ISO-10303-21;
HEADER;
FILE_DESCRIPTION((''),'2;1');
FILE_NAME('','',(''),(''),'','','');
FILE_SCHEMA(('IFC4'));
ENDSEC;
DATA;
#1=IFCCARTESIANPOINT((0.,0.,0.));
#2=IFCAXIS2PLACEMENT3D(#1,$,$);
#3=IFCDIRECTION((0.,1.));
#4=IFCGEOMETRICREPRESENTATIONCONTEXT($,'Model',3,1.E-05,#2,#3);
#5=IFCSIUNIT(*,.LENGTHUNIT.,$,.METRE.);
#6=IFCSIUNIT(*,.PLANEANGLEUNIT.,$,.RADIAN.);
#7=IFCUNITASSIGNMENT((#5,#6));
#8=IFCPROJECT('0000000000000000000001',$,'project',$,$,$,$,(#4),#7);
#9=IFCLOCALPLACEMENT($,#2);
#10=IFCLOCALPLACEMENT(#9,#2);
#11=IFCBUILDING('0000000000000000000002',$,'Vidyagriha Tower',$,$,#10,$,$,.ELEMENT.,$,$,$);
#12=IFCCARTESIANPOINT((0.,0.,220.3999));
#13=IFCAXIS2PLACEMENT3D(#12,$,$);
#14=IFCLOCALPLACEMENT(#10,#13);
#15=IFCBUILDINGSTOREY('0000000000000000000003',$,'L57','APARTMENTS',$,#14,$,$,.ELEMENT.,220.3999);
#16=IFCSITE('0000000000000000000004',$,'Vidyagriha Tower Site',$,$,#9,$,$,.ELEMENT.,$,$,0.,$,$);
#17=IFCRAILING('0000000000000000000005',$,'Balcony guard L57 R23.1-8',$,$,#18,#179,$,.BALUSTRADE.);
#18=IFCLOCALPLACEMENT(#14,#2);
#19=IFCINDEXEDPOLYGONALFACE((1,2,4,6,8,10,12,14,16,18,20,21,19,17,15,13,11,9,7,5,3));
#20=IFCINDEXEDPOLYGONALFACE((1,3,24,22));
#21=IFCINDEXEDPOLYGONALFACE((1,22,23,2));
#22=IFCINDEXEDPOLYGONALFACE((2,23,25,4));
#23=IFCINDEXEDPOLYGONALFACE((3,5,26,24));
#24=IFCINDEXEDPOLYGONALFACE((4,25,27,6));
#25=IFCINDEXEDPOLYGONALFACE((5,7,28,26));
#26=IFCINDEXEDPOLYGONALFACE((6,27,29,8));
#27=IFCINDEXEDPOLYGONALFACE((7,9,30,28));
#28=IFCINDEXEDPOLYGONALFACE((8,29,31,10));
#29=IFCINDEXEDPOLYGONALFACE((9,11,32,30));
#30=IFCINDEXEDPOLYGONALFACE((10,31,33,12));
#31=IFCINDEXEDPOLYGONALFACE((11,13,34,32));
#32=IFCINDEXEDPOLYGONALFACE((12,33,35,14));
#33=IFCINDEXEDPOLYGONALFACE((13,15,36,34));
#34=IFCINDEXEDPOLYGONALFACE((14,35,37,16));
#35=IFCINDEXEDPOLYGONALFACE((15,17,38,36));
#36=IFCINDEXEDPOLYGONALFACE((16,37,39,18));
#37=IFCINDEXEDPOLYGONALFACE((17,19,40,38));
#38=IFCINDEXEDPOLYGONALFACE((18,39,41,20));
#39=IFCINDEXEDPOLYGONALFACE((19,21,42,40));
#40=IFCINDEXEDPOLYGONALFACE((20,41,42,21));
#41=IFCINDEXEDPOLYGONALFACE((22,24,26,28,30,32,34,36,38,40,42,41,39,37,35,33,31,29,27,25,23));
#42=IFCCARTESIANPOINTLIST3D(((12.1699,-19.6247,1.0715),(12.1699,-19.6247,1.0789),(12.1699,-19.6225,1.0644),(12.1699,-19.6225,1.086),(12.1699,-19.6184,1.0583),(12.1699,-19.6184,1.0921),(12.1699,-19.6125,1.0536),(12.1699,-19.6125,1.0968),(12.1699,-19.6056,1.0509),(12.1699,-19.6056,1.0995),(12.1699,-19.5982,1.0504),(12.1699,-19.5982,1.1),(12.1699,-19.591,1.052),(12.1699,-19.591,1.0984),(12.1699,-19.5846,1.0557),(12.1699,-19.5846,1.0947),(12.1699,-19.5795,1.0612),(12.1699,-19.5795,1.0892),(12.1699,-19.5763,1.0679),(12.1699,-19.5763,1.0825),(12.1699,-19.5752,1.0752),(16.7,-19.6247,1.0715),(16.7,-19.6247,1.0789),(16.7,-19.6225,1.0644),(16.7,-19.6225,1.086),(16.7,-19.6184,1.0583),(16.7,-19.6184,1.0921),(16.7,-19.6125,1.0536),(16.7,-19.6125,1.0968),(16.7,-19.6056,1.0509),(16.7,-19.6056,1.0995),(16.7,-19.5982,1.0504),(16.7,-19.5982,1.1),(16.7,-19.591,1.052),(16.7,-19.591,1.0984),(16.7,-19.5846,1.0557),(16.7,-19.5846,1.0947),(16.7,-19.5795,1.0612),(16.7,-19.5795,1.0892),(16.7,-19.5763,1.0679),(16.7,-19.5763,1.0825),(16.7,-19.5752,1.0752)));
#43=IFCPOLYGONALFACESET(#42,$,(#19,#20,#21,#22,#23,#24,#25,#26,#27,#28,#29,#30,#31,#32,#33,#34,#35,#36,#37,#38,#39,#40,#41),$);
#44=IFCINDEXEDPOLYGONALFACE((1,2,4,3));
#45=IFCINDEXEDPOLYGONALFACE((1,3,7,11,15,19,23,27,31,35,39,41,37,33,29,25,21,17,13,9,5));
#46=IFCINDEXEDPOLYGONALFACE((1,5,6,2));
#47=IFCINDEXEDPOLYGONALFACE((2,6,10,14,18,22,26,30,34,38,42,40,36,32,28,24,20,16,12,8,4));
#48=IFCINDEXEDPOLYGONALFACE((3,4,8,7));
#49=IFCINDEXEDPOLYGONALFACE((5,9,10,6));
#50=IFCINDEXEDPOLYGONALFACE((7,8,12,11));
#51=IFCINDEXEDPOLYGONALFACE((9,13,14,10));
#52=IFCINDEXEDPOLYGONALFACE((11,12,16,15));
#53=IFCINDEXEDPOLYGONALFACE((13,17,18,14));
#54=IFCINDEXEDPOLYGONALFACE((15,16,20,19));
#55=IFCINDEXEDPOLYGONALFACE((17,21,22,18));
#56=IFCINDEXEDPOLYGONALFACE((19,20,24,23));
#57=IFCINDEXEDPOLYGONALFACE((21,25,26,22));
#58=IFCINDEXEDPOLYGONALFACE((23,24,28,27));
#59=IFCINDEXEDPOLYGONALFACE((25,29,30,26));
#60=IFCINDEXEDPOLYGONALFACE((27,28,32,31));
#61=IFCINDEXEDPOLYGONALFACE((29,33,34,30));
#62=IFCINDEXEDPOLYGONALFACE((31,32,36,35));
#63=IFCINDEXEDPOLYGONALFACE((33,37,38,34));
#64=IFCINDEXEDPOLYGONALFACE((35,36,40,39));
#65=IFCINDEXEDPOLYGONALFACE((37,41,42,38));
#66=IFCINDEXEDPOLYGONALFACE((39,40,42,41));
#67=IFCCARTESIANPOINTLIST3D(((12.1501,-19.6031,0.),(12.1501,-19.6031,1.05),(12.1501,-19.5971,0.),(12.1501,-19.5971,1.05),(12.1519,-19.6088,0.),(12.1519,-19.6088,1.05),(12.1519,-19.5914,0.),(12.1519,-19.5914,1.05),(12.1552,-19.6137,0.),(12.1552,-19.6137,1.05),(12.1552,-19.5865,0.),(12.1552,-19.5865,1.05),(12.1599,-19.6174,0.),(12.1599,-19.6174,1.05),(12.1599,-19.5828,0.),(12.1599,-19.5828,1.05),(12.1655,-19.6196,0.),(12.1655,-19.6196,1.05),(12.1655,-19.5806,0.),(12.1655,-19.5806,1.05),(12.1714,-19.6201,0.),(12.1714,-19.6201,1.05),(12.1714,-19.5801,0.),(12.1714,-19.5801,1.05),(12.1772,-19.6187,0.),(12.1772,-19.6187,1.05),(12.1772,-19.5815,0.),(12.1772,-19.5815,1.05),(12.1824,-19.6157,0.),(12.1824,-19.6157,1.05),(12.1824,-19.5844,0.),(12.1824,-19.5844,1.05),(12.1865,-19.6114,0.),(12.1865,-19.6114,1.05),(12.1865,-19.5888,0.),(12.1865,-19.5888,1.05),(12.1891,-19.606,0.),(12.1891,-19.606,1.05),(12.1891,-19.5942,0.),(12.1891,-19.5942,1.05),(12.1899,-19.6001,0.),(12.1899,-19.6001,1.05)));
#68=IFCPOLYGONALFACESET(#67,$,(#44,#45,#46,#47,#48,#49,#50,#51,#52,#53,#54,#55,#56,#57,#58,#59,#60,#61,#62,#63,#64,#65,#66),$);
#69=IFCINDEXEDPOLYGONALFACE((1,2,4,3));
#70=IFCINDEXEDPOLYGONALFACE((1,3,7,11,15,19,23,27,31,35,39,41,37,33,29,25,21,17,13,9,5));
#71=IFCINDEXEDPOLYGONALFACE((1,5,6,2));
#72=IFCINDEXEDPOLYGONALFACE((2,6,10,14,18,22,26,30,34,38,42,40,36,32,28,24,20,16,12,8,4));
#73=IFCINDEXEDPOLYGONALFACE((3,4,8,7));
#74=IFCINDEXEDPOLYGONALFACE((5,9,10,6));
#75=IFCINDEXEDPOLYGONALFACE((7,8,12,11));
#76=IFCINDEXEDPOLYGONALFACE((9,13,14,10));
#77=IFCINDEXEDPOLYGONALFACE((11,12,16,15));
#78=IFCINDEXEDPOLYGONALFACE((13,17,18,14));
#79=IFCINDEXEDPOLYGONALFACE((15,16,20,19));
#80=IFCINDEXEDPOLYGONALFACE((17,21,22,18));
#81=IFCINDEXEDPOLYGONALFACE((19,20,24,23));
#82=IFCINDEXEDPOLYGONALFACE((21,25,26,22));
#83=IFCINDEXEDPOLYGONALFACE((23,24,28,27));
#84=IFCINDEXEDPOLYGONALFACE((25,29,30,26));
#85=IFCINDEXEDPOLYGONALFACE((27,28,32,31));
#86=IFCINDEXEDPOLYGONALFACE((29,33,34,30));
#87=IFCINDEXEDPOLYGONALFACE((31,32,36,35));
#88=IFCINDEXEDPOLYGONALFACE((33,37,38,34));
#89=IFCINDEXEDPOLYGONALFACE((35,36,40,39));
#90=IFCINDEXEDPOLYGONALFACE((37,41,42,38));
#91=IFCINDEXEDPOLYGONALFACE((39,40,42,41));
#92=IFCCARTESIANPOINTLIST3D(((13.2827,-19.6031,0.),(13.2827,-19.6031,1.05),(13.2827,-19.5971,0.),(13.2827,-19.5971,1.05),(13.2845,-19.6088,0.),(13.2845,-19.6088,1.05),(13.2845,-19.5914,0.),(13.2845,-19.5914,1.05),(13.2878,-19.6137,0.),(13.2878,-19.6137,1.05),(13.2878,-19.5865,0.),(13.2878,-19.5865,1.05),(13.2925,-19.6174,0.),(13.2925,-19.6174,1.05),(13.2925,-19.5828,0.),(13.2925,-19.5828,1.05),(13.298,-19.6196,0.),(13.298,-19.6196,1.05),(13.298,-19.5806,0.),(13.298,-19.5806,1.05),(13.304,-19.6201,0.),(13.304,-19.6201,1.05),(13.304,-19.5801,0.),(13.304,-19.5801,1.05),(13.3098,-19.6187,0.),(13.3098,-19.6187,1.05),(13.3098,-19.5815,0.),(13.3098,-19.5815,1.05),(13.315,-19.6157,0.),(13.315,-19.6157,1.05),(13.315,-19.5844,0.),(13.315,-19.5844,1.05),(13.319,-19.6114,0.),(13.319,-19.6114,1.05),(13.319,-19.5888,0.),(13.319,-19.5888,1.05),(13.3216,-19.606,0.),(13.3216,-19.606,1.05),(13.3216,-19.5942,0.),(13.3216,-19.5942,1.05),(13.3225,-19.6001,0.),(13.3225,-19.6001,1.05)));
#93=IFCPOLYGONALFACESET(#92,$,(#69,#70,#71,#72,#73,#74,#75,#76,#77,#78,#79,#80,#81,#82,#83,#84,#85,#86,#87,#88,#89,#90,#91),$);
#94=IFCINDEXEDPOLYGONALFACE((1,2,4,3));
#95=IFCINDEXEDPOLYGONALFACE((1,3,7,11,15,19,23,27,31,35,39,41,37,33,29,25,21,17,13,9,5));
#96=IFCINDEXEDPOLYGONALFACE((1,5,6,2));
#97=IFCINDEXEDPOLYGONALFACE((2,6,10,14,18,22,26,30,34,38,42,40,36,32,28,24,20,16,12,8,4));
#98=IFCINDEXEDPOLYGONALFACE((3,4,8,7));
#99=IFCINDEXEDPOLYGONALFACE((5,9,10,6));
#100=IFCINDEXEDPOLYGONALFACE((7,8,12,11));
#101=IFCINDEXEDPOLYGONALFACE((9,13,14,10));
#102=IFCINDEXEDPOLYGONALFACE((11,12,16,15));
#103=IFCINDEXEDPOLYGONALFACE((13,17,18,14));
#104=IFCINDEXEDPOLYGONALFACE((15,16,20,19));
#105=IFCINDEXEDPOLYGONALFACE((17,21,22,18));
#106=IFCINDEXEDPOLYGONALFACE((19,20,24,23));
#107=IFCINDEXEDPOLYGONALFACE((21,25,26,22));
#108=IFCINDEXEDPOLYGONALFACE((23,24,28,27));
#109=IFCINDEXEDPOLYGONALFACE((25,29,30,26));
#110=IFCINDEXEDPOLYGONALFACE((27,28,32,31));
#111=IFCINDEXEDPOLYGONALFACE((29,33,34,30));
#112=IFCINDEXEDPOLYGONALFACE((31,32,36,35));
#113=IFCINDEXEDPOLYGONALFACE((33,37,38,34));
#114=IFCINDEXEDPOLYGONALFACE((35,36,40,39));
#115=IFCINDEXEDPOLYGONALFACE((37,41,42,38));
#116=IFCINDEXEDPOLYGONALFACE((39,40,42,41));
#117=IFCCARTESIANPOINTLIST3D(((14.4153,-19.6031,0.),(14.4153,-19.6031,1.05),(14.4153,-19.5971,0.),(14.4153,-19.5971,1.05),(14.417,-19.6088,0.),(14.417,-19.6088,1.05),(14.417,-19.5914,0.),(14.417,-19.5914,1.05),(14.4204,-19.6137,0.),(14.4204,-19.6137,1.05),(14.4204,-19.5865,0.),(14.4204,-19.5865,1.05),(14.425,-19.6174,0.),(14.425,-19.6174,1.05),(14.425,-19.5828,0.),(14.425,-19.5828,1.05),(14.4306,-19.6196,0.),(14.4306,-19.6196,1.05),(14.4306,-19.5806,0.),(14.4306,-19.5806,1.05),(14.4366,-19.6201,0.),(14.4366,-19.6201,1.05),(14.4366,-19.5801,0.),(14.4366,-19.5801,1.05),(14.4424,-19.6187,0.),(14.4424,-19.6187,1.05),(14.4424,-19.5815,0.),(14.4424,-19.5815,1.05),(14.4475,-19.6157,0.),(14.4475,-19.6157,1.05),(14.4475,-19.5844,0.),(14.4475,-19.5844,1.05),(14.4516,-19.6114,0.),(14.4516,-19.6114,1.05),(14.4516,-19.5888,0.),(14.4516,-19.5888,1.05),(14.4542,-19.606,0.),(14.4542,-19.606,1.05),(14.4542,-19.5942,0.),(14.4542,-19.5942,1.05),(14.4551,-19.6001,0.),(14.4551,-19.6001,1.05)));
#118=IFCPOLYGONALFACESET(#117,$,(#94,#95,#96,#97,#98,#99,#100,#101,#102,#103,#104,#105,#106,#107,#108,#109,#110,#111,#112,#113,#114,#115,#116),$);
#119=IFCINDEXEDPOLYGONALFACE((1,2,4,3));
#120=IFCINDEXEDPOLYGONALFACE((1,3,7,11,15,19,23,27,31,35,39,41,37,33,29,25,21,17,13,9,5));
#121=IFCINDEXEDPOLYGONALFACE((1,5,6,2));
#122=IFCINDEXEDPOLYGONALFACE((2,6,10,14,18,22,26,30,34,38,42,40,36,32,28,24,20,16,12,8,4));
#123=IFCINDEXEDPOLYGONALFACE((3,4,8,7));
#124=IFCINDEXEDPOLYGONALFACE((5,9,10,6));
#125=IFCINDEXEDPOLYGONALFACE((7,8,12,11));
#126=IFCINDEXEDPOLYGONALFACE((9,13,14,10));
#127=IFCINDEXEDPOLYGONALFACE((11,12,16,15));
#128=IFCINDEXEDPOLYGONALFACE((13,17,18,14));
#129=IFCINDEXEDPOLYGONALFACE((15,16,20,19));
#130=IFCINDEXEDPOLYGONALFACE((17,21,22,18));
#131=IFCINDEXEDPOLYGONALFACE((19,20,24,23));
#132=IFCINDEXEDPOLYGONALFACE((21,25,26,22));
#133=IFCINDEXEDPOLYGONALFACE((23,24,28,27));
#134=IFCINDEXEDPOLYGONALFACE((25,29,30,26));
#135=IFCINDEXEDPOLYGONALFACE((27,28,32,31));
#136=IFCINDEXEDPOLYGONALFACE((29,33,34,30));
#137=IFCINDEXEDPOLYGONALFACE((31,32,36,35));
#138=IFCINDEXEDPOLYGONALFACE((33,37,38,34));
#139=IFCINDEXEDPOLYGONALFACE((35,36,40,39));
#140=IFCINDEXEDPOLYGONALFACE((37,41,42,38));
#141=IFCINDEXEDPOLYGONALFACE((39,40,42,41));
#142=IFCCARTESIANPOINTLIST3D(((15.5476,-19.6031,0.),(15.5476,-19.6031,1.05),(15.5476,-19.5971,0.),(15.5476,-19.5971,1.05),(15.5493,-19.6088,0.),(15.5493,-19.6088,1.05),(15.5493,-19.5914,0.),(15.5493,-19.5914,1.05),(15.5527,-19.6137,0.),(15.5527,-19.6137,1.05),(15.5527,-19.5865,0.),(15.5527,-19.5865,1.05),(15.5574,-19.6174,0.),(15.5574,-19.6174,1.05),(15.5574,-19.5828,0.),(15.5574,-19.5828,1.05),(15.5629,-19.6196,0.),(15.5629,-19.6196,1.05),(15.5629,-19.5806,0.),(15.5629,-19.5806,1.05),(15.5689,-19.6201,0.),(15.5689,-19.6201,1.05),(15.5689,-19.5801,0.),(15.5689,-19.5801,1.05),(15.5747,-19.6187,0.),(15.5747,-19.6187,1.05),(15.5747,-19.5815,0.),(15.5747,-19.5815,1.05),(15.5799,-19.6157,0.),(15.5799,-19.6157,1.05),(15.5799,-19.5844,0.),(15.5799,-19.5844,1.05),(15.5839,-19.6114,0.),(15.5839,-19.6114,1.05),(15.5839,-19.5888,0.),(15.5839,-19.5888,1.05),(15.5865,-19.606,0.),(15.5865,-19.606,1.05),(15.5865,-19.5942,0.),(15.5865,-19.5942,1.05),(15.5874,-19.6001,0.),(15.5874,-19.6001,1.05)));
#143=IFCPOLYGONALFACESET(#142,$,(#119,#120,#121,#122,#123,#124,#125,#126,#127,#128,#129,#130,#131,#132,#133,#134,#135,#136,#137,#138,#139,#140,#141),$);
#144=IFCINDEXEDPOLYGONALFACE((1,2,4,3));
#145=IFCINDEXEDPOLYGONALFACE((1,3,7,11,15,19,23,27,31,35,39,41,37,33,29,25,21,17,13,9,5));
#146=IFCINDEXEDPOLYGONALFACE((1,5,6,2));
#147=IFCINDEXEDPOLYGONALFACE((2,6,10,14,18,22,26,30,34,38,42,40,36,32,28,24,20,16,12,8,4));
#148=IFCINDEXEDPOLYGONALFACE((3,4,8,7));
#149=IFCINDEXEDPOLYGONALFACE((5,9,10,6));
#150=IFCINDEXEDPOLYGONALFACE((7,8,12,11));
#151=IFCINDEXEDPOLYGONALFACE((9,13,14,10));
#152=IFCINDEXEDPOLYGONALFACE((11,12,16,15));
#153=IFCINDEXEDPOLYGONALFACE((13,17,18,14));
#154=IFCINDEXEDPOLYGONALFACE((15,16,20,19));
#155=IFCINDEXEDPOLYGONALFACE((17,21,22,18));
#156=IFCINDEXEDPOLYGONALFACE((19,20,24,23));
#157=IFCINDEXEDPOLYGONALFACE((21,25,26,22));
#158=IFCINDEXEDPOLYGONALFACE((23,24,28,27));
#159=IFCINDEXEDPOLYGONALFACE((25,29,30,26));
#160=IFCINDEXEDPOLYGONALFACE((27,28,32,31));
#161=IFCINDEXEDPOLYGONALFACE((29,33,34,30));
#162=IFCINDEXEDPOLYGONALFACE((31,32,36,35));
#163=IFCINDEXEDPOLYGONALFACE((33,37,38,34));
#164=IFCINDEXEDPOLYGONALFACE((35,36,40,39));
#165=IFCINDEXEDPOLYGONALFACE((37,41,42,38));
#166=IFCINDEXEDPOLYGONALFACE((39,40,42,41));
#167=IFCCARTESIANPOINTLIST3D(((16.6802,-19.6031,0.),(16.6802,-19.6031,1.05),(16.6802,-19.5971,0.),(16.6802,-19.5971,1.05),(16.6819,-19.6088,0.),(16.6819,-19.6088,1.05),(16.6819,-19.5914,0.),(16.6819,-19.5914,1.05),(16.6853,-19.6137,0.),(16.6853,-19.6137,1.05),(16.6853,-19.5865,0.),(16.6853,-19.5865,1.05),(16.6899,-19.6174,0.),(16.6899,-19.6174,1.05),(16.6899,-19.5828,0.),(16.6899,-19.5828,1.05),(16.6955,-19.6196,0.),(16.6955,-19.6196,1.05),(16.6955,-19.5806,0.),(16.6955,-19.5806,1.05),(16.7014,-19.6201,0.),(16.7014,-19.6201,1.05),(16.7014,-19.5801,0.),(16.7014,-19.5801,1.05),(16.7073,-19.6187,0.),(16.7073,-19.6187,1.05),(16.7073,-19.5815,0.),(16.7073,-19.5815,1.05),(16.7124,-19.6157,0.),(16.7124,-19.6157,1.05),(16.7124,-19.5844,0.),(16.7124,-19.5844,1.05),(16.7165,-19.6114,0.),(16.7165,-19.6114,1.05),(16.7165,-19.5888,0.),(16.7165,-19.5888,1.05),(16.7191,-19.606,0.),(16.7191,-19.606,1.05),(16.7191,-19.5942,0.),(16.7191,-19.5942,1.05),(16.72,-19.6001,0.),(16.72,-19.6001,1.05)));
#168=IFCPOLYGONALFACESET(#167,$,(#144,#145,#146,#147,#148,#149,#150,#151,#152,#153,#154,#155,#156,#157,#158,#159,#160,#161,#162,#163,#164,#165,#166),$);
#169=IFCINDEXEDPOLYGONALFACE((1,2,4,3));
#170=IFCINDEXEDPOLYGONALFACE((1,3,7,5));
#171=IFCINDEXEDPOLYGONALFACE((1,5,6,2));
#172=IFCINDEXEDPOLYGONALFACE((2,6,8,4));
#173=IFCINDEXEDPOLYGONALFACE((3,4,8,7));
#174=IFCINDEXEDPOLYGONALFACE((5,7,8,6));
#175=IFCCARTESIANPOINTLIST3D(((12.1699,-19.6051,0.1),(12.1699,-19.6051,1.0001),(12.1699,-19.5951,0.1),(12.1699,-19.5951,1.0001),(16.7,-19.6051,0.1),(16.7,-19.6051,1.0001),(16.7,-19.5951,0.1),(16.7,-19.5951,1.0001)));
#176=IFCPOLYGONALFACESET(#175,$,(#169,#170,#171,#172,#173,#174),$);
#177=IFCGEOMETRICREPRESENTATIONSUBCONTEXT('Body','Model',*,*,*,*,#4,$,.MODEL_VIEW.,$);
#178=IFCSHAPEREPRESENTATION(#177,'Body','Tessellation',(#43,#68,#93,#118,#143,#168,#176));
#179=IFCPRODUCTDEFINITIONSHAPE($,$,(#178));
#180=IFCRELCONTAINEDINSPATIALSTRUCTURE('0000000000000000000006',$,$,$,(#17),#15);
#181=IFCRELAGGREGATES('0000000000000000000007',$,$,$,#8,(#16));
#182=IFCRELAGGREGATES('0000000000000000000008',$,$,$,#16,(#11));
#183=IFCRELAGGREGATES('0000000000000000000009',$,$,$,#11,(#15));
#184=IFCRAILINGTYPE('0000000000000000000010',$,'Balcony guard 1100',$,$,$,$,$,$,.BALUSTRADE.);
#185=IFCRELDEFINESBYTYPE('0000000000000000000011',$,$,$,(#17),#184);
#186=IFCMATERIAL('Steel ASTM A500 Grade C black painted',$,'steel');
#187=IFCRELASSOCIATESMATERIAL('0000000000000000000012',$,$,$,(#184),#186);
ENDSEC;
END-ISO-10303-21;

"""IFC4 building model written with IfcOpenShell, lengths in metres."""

from ifc_helpers import new_model, si_unit, direction, frame, origin, origin_2d, place, context, subcontext, project, spatial, rectangle, circle, extrude, material, type_object, element, save


model = new_model("IFC4")

# Units and contexts
model_context = context("Model", 3, precision=1e-05, world=origin(), true_north=direction((0.0, 1.0)))
body_context = subcontext(model_context, "Body", "Model", "MODEL_VIEW")
ifc_project = project(units=[si_unit("LENGTHUNIT", "METRE"), si_unit("PLANEANGLEUNIT", "RADIAN")], contexts=[model_context])

# Site, building, storey
site_placement = place(None, origin())
site = spatial("IfcSite", under=ifc_project, at=site_placement, Name="Vidyagriha Tower Site", CompositionType="ELEMENT", RefElevation=0.0)
building_placement = place(site_placement, origin())
building = spatial("IfcBuilding", under=site, at=building_placement, Name="Vidyagriha Tower", CompositionType="ELEMENT")
storey_placement = place(building_placement, frame((0.0, 0.0, 220.3999)))
storey = spatial("IfcBuildingStorey", under=building, at=storey_placement, Name="L57", Description="APARTMENTS", CompositionType="ELEMENT", Elevation=220.3999)

# Railing
ifc_material_1 = material(Name="Steel ASTM A500 Grade C black painted", Category="steel")
railing_type = type_object("IfcRailingType", Name="Balcony guard 1100", PredefinedType="BALUSTRADE", material=ifc_material_1)
railing_1_placement = place(storey_placement, frame((12.1699, -19.6001, 0.0)))
element("IfcRailing", 1, at=railing_1_placement, inside=storey, type_object=railing_type, Name="Balcony guard L57 R23.1-8", PredefinedType="BALUSTRADE", context=body_context, shape_type="SweptSolid", body=[
    extrude(circle(Radius=0.0249, at=origin_2d()), frame((0.0, 0.0, 1.0752), z_axis=(1.0, 0.0, 0.0), x_axis=(0.0, 1.0, 0.0)), (0.0, 0.0, 1.0), 4.53),
    extrude(circle(Radius=0.02, at=origin_2d()), origin(), (0.0, 0.0, 1.0), 1.05),
    extrude(circle(Radius=0.02, at=origin_2d()), frame((1.1326, 0.0, 0.0)), (0.0, 0.0, 1.0), 1.05),
    extrude(circle(Radius=0.02, at=origin_2d()), frame((2.2651, 0.0, 0.0)), (0.0, 0.0, 1.0), 1.05),
    extrude(circle(Radius=0.02, at=origin_2d()), frame((3.3975, 0.0, 0.0)), (0.0, 0.0, 1.0), 1.05),
    extrude(circle(Radius=0.02, at=origin_2d()), frame((4.53, 0.0, 0.0)), (0.0, 0.0, 1.0), 1.05),
    extrude(rectangle(XDim=0.01, YDim=0.9001, at=origin_2d()), frame((0.0, 0.0, 0.55), z_axis=(1.0, 0.0, 0.0), x_axis=(0.0, 1.0, 0.0)), (0.0, 0.0, 1.0), 4.53),
])

save(model, "model.ifc")
